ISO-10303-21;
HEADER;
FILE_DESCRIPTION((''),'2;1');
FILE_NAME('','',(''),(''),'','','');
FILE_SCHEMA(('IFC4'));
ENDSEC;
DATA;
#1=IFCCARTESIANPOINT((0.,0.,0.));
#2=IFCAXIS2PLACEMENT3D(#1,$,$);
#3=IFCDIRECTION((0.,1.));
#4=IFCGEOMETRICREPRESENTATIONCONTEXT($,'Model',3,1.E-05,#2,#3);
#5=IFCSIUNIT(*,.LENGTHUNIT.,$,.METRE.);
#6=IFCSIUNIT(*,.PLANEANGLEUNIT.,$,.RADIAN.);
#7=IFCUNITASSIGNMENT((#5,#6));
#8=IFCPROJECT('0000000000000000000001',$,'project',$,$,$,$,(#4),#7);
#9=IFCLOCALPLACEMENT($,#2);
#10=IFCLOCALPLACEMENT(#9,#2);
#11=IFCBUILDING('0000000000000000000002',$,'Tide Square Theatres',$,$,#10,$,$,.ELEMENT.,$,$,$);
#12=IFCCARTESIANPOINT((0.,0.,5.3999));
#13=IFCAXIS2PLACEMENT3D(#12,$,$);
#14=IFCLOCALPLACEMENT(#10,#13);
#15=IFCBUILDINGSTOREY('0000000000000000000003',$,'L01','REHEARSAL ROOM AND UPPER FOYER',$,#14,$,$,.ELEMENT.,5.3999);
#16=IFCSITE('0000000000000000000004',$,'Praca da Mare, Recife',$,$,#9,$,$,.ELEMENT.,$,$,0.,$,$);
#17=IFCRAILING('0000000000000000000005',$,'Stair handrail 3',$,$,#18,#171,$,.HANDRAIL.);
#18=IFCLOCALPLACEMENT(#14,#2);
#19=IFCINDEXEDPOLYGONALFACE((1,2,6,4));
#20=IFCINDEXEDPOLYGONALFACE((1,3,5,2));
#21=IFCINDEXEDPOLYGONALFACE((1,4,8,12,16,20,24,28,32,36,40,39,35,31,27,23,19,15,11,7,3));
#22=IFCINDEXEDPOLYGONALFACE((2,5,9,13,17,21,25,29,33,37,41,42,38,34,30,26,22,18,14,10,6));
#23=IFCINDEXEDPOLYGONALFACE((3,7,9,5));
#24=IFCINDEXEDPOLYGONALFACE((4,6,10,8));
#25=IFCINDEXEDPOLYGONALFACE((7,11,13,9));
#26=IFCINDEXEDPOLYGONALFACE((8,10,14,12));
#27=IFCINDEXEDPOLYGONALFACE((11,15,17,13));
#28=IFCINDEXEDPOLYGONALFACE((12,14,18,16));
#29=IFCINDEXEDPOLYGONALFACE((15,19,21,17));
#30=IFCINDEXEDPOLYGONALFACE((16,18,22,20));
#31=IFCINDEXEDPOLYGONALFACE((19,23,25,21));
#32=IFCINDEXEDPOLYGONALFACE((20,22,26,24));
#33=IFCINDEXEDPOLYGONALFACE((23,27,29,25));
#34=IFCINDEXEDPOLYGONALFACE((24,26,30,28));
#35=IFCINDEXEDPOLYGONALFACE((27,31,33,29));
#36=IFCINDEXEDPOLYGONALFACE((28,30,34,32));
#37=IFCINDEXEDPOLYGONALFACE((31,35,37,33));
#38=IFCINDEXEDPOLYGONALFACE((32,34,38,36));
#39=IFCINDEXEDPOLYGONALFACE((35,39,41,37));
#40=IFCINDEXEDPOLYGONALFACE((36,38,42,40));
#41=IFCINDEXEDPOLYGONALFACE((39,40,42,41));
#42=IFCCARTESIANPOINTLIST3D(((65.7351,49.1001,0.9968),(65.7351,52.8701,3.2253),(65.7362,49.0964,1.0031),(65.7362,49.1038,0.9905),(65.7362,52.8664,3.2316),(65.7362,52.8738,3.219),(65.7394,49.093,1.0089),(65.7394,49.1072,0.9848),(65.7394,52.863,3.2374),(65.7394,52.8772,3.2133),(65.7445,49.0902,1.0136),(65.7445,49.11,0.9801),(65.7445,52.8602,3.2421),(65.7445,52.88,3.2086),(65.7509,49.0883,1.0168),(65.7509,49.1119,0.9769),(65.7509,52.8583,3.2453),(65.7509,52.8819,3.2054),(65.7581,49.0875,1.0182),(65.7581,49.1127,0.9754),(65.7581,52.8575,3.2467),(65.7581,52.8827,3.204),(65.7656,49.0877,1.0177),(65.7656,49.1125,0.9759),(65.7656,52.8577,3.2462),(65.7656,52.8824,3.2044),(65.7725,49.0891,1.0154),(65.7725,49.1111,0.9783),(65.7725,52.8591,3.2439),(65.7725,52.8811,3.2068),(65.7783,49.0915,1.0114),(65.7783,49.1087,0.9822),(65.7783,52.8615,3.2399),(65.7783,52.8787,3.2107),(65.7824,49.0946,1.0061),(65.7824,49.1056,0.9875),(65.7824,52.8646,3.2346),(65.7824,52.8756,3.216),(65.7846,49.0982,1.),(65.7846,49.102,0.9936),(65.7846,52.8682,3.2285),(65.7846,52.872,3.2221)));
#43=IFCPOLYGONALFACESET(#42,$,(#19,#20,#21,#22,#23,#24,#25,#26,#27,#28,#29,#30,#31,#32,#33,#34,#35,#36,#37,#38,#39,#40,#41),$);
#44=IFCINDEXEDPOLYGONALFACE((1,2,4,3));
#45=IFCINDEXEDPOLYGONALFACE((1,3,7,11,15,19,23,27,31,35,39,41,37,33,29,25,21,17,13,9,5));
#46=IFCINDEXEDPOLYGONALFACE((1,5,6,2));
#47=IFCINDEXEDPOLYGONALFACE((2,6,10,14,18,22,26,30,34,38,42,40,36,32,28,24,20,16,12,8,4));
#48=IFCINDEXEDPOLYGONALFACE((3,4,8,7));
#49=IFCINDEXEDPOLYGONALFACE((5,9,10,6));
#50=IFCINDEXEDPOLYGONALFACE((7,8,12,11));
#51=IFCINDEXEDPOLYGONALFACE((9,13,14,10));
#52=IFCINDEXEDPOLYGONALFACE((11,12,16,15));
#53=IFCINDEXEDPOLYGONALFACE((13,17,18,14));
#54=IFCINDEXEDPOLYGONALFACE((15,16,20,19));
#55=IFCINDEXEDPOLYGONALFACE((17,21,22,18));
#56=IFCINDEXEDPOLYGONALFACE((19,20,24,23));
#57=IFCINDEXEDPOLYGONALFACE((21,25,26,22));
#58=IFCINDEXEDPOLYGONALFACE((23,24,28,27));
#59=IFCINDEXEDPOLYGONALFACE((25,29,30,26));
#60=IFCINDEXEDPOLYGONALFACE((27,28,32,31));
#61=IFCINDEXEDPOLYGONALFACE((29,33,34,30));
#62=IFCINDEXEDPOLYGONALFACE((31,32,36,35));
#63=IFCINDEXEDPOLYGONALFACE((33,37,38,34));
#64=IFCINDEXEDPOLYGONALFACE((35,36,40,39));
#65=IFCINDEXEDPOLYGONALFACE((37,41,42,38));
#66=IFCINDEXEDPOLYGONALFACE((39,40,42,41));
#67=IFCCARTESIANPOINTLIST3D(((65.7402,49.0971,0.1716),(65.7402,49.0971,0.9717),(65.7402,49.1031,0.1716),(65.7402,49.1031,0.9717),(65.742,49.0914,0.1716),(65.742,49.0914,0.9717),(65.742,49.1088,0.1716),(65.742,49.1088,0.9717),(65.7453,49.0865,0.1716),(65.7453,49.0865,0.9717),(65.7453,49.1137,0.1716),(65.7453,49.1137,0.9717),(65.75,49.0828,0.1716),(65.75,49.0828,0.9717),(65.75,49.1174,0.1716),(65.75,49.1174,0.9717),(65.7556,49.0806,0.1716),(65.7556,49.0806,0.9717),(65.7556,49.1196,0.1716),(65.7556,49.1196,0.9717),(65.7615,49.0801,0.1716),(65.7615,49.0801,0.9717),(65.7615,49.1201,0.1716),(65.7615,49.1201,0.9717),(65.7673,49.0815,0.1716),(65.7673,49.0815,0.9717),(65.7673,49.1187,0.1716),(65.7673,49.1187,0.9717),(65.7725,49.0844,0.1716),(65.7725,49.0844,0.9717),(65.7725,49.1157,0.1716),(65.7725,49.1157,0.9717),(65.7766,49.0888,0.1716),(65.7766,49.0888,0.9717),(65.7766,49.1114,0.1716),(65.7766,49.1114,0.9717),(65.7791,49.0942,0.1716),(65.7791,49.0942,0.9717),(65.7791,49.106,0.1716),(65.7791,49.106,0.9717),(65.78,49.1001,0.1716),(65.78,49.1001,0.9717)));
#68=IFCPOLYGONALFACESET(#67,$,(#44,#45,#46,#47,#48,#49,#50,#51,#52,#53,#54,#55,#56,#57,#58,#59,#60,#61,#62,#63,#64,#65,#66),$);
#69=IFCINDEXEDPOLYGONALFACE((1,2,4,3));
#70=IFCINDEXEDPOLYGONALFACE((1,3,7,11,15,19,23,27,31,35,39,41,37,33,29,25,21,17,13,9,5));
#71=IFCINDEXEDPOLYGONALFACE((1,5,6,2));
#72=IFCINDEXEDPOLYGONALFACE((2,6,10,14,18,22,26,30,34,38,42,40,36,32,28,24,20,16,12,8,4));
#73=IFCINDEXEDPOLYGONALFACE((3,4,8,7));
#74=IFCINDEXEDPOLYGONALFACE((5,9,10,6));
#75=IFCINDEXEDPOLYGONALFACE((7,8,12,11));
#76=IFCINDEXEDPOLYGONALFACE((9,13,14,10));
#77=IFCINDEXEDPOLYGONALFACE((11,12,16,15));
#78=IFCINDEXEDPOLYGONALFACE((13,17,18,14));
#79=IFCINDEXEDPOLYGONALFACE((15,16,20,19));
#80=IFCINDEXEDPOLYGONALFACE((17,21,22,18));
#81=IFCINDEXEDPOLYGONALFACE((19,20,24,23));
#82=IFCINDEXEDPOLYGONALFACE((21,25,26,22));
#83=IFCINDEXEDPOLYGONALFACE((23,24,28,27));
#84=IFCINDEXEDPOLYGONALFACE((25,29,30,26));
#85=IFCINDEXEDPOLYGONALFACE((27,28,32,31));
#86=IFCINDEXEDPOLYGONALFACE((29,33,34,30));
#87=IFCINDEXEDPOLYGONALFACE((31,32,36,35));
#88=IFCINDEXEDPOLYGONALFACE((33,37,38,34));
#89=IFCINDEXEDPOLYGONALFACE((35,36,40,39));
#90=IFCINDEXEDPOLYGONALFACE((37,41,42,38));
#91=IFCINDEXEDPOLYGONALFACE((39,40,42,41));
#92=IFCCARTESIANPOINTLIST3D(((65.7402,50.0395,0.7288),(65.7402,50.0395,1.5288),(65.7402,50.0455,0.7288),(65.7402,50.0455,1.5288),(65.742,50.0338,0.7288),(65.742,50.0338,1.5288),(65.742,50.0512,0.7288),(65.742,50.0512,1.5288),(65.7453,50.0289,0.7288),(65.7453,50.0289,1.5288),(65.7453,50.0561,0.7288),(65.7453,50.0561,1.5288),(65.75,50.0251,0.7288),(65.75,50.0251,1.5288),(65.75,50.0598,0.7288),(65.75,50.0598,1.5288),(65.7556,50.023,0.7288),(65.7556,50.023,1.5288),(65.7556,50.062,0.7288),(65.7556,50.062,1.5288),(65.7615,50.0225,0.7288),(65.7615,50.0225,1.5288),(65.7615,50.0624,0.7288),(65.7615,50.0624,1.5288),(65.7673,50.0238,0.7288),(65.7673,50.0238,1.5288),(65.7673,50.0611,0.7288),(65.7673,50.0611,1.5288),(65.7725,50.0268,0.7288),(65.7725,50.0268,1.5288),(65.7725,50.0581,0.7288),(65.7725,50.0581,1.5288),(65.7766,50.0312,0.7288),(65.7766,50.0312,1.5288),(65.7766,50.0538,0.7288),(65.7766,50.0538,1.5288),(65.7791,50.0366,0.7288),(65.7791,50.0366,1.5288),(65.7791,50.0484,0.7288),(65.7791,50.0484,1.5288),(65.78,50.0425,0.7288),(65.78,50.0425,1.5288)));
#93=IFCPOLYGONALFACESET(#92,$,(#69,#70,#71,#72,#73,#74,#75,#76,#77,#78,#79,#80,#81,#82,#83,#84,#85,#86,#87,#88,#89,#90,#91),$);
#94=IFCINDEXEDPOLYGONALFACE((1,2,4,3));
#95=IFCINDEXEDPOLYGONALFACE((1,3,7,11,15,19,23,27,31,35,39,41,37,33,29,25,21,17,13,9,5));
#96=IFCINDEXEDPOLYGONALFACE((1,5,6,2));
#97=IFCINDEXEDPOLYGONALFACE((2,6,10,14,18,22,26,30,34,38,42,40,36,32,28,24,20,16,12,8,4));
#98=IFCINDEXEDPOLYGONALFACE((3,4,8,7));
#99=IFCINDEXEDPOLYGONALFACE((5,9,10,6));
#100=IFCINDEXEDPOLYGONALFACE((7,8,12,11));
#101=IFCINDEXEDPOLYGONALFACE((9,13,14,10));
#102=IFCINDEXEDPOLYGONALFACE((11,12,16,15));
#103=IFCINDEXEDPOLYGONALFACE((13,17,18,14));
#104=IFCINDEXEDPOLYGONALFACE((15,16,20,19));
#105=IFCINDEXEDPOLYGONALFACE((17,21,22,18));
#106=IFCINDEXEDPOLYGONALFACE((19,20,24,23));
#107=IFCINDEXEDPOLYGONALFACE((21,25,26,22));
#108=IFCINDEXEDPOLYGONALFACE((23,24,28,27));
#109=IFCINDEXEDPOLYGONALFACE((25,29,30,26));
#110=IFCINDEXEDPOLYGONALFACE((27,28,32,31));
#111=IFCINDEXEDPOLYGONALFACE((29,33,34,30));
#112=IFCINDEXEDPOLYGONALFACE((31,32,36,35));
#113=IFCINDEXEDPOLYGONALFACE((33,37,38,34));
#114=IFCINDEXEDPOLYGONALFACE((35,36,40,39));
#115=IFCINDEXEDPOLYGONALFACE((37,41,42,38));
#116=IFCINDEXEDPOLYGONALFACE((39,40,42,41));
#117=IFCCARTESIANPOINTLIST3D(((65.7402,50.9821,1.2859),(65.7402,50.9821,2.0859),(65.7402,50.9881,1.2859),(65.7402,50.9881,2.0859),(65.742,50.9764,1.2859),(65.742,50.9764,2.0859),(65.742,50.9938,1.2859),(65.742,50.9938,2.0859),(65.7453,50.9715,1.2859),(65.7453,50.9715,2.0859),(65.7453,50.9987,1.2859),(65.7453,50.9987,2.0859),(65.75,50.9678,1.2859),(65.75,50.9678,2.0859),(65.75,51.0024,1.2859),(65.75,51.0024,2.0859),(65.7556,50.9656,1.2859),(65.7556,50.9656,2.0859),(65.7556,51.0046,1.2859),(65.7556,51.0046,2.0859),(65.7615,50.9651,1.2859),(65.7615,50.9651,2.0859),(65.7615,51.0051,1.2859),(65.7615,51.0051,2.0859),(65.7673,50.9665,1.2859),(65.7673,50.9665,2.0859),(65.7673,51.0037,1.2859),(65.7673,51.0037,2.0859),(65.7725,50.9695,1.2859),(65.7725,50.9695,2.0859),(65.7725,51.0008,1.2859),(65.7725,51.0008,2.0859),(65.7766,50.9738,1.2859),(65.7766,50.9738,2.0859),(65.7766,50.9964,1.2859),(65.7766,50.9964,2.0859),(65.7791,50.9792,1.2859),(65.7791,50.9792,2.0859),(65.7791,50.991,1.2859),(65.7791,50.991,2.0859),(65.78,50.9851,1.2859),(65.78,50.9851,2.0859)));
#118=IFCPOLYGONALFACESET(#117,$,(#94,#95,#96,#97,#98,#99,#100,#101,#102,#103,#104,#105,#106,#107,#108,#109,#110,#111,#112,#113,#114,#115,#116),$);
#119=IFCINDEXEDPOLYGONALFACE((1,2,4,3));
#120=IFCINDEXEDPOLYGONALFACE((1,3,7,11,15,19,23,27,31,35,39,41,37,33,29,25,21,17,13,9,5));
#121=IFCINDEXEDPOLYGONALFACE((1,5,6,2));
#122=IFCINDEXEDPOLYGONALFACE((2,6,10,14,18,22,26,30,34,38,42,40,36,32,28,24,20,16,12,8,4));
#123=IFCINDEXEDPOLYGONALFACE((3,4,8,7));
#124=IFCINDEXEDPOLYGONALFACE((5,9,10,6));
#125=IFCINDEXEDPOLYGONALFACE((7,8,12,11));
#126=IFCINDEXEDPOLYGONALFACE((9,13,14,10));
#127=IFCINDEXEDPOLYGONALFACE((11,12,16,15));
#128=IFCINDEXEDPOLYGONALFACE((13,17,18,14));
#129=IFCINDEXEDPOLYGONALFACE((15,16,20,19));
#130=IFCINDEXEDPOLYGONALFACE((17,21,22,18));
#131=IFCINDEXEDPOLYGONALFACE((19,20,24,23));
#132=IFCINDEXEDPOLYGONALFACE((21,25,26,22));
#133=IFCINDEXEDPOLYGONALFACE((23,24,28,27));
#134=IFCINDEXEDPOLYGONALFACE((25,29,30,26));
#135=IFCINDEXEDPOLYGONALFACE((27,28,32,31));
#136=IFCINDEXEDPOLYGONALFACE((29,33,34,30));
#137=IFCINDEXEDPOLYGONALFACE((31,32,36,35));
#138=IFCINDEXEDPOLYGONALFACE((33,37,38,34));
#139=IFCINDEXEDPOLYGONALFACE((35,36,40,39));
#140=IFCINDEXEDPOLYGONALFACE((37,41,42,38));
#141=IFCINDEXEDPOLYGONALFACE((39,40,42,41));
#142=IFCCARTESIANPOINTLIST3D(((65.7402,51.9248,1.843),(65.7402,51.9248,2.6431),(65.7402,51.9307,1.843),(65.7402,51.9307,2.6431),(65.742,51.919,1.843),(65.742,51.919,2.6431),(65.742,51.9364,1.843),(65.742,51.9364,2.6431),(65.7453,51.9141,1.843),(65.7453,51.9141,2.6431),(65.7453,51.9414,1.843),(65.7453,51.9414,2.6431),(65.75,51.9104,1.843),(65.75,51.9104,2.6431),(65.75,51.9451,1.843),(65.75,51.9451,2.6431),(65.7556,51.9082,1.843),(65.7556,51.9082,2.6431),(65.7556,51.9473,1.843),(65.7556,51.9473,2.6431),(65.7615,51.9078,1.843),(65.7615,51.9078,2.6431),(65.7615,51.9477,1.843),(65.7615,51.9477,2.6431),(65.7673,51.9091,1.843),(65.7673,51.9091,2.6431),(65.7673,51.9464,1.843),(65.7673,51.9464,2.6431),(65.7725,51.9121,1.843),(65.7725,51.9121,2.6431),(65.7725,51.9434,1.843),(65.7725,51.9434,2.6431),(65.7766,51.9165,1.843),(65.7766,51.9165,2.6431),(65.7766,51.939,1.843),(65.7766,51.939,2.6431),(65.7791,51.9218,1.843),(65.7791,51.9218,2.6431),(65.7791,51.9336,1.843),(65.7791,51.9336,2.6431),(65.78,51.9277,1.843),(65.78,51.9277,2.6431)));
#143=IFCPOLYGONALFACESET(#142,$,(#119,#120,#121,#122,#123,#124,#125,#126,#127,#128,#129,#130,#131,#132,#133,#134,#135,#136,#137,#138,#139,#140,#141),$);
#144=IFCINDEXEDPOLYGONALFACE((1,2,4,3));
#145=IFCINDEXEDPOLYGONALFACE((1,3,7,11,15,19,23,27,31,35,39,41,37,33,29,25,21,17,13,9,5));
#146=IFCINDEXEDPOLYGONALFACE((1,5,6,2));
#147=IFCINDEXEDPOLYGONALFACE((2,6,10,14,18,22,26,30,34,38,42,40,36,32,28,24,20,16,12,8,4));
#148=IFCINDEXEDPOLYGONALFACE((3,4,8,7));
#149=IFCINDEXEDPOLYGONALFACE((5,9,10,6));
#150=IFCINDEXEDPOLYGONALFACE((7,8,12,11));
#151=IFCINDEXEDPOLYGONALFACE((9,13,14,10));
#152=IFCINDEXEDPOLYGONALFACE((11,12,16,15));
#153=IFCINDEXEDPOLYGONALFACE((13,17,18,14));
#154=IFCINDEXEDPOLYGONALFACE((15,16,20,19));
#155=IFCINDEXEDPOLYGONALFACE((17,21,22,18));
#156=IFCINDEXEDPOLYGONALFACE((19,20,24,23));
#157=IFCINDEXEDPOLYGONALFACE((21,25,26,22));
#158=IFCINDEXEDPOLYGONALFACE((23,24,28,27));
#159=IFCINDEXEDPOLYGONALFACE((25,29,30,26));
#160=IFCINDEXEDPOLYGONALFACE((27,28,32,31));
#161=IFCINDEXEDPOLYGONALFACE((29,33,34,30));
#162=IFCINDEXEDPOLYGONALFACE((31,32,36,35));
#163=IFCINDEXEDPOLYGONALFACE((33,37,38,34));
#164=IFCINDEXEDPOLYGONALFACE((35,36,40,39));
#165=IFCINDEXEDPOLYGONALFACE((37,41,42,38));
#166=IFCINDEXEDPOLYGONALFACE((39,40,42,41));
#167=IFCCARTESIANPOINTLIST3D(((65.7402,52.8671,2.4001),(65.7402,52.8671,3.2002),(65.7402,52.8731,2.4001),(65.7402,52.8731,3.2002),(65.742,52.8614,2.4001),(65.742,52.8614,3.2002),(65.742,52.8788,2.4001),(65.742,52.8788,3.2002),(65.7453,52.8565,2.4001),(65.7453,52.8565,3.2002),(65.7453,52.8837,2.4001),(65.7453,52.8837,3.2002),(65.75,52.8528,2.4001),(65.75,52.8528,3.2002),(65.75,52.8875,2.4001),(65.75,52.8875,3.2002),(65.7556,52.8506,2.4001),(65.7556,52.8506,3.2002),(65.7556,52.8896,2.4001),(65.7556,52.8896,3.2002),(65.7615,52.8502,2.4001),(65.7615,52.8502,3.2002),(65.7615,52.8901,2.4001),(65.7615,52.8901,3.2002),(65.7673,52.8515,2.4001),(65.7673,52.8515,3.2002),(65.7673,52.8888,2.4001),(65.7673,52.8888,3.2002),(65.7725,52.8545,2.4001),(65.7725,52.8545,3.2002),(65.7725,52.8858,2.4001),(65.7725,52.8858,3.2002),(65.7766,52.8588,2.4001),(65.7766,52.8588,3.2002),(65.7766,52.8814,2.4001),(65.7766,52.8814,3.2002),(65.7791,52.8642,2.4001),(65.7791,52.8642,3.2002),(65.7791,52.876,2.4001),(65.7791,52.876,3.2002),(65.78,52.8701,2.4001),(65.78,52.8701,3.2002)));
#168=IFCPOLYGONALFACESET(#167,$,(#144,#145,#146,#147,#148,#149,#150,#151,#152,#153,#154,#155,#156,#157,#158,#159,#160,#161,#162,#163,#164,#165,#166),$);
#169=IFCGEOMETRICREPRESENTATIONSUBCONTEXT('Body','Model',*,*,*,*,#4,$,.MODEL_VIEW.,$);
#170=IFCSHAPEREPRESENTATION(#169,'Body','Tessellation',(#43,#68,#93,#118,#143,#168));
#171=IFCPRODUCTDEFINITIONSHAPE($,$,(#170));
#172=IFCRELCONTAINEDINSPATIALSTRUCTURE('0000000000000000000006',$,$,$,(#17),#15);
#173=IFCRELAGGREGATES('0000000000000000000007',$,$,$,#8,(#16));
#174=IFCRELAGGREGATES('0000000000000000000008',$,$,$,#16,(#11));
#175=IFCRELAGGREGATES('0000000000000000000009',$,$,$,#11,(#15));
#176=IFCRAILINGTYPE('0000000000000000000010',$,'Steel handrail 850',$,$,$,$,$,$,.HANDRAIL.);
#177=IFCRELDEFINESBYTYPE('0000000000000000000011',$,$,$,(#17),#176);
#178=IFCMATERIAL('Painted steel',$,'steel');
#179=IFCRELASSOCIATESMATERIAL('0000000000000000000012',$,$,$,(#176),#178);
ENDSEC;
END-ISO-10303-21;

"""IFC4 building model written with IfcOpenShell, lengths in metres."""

from ifc_helpers import new_model, si_unit, direction, frame, origin, origin_2d, place, context, subcontext, project, spatial, circle, extrude, material, type_object, element, save


model = new_model("IFC4")

# Units and contexts
model_context = context("Model", 3, precision=1e-05, world=origin(), true_north=direction((0.0, 1.0)))
body_context = subcontext(model_context, "Body", "Model", "MODEL_VIEW")
ifc_project = project(units=[si_unit("LENGTHUNIT", "METRE"), si_unit("PLANEANGLEUNIT", "RADIAN")], contexts=[model_context])

# Site, building, storey
site_placement = place(None, origin())
site = spatial("IfcSite", under=ifc_project, at=site_placement, Name="Praca da Mare, Recife", CompositionType="ELEMENT", RefElevation=0.0)
building_placement = place(site_placement, origin())
building = spatial("IfcBuilding", under=site, at=building_placement, Name="Tide Square Theatres", CompositionType="ELEMENT")
storey_placement = place(building_placement, frame((0.0, 0.0, 5.3999)))
storey = spatial("IfcBuildingStorey", under=building, at=storey_placement, Name="L01", Description="REHEARSAL ROOM AND UPPER FOYER", CompositionType="ELEMENT", Elevation=5.3999)

# Railing
ifc_material_1 = material(Name="Painted steel", Category="steel")
railing_type = type_object("IfcRailingType", Name="Steel handrail 850", PredefinedType="HANDRAIL", material=ifc_material_1)
for number, where, name in (
    (1, (65.76, 49.1001, 0.1716), "Stair handrail 3"),
):
    element("IfcRailing", number, at=place(storey_placement, frame(where)), inside=storey, type_object=railing_type, Name=name, PredefinedType="HANDRAIL", context=body_context, shape_type="SweptSolid", body=[
        extrude(circle(Radius=0.0249, at=origin_2d()), frame((0.0, 0.0, 0.8252), z_axis=(0.0, 0.860849, 0.508861), x_axis=(-1.0, 0.0, 0.0)), (0.0, 0.0, 1.0), 4.3794),
        extrude(circle(Radius=0.02, at=origin_2d()), origin(), (0.0, 0.0, 1.0), 0.8),
        extrude(circle(Radius=0.02, at=origin_2d()), frame((0.0, 0.9424, 0.5571)), (0.0, 0.0, 1.0), 0.8),
        extrude(circle(Radius=0.02, at=origin_2d()), frame((0.0, 1.885, 1.1143)), (0.0, 0.0, 1.0), 0.8),
        extrude(circle(Radius=0.02, at=origin_2d()), frame((0.0, 2.8276, 1.6714)), (0.0, 0.0, 1.0), 0.8),
        extrude(circle(Radius=0.02, at=origin_2d()), frame((0.0, 3.77, 2.2285)), (0.0, 0.0, 1.0), 0.8),
    ])

save(model, "model.ifc")
